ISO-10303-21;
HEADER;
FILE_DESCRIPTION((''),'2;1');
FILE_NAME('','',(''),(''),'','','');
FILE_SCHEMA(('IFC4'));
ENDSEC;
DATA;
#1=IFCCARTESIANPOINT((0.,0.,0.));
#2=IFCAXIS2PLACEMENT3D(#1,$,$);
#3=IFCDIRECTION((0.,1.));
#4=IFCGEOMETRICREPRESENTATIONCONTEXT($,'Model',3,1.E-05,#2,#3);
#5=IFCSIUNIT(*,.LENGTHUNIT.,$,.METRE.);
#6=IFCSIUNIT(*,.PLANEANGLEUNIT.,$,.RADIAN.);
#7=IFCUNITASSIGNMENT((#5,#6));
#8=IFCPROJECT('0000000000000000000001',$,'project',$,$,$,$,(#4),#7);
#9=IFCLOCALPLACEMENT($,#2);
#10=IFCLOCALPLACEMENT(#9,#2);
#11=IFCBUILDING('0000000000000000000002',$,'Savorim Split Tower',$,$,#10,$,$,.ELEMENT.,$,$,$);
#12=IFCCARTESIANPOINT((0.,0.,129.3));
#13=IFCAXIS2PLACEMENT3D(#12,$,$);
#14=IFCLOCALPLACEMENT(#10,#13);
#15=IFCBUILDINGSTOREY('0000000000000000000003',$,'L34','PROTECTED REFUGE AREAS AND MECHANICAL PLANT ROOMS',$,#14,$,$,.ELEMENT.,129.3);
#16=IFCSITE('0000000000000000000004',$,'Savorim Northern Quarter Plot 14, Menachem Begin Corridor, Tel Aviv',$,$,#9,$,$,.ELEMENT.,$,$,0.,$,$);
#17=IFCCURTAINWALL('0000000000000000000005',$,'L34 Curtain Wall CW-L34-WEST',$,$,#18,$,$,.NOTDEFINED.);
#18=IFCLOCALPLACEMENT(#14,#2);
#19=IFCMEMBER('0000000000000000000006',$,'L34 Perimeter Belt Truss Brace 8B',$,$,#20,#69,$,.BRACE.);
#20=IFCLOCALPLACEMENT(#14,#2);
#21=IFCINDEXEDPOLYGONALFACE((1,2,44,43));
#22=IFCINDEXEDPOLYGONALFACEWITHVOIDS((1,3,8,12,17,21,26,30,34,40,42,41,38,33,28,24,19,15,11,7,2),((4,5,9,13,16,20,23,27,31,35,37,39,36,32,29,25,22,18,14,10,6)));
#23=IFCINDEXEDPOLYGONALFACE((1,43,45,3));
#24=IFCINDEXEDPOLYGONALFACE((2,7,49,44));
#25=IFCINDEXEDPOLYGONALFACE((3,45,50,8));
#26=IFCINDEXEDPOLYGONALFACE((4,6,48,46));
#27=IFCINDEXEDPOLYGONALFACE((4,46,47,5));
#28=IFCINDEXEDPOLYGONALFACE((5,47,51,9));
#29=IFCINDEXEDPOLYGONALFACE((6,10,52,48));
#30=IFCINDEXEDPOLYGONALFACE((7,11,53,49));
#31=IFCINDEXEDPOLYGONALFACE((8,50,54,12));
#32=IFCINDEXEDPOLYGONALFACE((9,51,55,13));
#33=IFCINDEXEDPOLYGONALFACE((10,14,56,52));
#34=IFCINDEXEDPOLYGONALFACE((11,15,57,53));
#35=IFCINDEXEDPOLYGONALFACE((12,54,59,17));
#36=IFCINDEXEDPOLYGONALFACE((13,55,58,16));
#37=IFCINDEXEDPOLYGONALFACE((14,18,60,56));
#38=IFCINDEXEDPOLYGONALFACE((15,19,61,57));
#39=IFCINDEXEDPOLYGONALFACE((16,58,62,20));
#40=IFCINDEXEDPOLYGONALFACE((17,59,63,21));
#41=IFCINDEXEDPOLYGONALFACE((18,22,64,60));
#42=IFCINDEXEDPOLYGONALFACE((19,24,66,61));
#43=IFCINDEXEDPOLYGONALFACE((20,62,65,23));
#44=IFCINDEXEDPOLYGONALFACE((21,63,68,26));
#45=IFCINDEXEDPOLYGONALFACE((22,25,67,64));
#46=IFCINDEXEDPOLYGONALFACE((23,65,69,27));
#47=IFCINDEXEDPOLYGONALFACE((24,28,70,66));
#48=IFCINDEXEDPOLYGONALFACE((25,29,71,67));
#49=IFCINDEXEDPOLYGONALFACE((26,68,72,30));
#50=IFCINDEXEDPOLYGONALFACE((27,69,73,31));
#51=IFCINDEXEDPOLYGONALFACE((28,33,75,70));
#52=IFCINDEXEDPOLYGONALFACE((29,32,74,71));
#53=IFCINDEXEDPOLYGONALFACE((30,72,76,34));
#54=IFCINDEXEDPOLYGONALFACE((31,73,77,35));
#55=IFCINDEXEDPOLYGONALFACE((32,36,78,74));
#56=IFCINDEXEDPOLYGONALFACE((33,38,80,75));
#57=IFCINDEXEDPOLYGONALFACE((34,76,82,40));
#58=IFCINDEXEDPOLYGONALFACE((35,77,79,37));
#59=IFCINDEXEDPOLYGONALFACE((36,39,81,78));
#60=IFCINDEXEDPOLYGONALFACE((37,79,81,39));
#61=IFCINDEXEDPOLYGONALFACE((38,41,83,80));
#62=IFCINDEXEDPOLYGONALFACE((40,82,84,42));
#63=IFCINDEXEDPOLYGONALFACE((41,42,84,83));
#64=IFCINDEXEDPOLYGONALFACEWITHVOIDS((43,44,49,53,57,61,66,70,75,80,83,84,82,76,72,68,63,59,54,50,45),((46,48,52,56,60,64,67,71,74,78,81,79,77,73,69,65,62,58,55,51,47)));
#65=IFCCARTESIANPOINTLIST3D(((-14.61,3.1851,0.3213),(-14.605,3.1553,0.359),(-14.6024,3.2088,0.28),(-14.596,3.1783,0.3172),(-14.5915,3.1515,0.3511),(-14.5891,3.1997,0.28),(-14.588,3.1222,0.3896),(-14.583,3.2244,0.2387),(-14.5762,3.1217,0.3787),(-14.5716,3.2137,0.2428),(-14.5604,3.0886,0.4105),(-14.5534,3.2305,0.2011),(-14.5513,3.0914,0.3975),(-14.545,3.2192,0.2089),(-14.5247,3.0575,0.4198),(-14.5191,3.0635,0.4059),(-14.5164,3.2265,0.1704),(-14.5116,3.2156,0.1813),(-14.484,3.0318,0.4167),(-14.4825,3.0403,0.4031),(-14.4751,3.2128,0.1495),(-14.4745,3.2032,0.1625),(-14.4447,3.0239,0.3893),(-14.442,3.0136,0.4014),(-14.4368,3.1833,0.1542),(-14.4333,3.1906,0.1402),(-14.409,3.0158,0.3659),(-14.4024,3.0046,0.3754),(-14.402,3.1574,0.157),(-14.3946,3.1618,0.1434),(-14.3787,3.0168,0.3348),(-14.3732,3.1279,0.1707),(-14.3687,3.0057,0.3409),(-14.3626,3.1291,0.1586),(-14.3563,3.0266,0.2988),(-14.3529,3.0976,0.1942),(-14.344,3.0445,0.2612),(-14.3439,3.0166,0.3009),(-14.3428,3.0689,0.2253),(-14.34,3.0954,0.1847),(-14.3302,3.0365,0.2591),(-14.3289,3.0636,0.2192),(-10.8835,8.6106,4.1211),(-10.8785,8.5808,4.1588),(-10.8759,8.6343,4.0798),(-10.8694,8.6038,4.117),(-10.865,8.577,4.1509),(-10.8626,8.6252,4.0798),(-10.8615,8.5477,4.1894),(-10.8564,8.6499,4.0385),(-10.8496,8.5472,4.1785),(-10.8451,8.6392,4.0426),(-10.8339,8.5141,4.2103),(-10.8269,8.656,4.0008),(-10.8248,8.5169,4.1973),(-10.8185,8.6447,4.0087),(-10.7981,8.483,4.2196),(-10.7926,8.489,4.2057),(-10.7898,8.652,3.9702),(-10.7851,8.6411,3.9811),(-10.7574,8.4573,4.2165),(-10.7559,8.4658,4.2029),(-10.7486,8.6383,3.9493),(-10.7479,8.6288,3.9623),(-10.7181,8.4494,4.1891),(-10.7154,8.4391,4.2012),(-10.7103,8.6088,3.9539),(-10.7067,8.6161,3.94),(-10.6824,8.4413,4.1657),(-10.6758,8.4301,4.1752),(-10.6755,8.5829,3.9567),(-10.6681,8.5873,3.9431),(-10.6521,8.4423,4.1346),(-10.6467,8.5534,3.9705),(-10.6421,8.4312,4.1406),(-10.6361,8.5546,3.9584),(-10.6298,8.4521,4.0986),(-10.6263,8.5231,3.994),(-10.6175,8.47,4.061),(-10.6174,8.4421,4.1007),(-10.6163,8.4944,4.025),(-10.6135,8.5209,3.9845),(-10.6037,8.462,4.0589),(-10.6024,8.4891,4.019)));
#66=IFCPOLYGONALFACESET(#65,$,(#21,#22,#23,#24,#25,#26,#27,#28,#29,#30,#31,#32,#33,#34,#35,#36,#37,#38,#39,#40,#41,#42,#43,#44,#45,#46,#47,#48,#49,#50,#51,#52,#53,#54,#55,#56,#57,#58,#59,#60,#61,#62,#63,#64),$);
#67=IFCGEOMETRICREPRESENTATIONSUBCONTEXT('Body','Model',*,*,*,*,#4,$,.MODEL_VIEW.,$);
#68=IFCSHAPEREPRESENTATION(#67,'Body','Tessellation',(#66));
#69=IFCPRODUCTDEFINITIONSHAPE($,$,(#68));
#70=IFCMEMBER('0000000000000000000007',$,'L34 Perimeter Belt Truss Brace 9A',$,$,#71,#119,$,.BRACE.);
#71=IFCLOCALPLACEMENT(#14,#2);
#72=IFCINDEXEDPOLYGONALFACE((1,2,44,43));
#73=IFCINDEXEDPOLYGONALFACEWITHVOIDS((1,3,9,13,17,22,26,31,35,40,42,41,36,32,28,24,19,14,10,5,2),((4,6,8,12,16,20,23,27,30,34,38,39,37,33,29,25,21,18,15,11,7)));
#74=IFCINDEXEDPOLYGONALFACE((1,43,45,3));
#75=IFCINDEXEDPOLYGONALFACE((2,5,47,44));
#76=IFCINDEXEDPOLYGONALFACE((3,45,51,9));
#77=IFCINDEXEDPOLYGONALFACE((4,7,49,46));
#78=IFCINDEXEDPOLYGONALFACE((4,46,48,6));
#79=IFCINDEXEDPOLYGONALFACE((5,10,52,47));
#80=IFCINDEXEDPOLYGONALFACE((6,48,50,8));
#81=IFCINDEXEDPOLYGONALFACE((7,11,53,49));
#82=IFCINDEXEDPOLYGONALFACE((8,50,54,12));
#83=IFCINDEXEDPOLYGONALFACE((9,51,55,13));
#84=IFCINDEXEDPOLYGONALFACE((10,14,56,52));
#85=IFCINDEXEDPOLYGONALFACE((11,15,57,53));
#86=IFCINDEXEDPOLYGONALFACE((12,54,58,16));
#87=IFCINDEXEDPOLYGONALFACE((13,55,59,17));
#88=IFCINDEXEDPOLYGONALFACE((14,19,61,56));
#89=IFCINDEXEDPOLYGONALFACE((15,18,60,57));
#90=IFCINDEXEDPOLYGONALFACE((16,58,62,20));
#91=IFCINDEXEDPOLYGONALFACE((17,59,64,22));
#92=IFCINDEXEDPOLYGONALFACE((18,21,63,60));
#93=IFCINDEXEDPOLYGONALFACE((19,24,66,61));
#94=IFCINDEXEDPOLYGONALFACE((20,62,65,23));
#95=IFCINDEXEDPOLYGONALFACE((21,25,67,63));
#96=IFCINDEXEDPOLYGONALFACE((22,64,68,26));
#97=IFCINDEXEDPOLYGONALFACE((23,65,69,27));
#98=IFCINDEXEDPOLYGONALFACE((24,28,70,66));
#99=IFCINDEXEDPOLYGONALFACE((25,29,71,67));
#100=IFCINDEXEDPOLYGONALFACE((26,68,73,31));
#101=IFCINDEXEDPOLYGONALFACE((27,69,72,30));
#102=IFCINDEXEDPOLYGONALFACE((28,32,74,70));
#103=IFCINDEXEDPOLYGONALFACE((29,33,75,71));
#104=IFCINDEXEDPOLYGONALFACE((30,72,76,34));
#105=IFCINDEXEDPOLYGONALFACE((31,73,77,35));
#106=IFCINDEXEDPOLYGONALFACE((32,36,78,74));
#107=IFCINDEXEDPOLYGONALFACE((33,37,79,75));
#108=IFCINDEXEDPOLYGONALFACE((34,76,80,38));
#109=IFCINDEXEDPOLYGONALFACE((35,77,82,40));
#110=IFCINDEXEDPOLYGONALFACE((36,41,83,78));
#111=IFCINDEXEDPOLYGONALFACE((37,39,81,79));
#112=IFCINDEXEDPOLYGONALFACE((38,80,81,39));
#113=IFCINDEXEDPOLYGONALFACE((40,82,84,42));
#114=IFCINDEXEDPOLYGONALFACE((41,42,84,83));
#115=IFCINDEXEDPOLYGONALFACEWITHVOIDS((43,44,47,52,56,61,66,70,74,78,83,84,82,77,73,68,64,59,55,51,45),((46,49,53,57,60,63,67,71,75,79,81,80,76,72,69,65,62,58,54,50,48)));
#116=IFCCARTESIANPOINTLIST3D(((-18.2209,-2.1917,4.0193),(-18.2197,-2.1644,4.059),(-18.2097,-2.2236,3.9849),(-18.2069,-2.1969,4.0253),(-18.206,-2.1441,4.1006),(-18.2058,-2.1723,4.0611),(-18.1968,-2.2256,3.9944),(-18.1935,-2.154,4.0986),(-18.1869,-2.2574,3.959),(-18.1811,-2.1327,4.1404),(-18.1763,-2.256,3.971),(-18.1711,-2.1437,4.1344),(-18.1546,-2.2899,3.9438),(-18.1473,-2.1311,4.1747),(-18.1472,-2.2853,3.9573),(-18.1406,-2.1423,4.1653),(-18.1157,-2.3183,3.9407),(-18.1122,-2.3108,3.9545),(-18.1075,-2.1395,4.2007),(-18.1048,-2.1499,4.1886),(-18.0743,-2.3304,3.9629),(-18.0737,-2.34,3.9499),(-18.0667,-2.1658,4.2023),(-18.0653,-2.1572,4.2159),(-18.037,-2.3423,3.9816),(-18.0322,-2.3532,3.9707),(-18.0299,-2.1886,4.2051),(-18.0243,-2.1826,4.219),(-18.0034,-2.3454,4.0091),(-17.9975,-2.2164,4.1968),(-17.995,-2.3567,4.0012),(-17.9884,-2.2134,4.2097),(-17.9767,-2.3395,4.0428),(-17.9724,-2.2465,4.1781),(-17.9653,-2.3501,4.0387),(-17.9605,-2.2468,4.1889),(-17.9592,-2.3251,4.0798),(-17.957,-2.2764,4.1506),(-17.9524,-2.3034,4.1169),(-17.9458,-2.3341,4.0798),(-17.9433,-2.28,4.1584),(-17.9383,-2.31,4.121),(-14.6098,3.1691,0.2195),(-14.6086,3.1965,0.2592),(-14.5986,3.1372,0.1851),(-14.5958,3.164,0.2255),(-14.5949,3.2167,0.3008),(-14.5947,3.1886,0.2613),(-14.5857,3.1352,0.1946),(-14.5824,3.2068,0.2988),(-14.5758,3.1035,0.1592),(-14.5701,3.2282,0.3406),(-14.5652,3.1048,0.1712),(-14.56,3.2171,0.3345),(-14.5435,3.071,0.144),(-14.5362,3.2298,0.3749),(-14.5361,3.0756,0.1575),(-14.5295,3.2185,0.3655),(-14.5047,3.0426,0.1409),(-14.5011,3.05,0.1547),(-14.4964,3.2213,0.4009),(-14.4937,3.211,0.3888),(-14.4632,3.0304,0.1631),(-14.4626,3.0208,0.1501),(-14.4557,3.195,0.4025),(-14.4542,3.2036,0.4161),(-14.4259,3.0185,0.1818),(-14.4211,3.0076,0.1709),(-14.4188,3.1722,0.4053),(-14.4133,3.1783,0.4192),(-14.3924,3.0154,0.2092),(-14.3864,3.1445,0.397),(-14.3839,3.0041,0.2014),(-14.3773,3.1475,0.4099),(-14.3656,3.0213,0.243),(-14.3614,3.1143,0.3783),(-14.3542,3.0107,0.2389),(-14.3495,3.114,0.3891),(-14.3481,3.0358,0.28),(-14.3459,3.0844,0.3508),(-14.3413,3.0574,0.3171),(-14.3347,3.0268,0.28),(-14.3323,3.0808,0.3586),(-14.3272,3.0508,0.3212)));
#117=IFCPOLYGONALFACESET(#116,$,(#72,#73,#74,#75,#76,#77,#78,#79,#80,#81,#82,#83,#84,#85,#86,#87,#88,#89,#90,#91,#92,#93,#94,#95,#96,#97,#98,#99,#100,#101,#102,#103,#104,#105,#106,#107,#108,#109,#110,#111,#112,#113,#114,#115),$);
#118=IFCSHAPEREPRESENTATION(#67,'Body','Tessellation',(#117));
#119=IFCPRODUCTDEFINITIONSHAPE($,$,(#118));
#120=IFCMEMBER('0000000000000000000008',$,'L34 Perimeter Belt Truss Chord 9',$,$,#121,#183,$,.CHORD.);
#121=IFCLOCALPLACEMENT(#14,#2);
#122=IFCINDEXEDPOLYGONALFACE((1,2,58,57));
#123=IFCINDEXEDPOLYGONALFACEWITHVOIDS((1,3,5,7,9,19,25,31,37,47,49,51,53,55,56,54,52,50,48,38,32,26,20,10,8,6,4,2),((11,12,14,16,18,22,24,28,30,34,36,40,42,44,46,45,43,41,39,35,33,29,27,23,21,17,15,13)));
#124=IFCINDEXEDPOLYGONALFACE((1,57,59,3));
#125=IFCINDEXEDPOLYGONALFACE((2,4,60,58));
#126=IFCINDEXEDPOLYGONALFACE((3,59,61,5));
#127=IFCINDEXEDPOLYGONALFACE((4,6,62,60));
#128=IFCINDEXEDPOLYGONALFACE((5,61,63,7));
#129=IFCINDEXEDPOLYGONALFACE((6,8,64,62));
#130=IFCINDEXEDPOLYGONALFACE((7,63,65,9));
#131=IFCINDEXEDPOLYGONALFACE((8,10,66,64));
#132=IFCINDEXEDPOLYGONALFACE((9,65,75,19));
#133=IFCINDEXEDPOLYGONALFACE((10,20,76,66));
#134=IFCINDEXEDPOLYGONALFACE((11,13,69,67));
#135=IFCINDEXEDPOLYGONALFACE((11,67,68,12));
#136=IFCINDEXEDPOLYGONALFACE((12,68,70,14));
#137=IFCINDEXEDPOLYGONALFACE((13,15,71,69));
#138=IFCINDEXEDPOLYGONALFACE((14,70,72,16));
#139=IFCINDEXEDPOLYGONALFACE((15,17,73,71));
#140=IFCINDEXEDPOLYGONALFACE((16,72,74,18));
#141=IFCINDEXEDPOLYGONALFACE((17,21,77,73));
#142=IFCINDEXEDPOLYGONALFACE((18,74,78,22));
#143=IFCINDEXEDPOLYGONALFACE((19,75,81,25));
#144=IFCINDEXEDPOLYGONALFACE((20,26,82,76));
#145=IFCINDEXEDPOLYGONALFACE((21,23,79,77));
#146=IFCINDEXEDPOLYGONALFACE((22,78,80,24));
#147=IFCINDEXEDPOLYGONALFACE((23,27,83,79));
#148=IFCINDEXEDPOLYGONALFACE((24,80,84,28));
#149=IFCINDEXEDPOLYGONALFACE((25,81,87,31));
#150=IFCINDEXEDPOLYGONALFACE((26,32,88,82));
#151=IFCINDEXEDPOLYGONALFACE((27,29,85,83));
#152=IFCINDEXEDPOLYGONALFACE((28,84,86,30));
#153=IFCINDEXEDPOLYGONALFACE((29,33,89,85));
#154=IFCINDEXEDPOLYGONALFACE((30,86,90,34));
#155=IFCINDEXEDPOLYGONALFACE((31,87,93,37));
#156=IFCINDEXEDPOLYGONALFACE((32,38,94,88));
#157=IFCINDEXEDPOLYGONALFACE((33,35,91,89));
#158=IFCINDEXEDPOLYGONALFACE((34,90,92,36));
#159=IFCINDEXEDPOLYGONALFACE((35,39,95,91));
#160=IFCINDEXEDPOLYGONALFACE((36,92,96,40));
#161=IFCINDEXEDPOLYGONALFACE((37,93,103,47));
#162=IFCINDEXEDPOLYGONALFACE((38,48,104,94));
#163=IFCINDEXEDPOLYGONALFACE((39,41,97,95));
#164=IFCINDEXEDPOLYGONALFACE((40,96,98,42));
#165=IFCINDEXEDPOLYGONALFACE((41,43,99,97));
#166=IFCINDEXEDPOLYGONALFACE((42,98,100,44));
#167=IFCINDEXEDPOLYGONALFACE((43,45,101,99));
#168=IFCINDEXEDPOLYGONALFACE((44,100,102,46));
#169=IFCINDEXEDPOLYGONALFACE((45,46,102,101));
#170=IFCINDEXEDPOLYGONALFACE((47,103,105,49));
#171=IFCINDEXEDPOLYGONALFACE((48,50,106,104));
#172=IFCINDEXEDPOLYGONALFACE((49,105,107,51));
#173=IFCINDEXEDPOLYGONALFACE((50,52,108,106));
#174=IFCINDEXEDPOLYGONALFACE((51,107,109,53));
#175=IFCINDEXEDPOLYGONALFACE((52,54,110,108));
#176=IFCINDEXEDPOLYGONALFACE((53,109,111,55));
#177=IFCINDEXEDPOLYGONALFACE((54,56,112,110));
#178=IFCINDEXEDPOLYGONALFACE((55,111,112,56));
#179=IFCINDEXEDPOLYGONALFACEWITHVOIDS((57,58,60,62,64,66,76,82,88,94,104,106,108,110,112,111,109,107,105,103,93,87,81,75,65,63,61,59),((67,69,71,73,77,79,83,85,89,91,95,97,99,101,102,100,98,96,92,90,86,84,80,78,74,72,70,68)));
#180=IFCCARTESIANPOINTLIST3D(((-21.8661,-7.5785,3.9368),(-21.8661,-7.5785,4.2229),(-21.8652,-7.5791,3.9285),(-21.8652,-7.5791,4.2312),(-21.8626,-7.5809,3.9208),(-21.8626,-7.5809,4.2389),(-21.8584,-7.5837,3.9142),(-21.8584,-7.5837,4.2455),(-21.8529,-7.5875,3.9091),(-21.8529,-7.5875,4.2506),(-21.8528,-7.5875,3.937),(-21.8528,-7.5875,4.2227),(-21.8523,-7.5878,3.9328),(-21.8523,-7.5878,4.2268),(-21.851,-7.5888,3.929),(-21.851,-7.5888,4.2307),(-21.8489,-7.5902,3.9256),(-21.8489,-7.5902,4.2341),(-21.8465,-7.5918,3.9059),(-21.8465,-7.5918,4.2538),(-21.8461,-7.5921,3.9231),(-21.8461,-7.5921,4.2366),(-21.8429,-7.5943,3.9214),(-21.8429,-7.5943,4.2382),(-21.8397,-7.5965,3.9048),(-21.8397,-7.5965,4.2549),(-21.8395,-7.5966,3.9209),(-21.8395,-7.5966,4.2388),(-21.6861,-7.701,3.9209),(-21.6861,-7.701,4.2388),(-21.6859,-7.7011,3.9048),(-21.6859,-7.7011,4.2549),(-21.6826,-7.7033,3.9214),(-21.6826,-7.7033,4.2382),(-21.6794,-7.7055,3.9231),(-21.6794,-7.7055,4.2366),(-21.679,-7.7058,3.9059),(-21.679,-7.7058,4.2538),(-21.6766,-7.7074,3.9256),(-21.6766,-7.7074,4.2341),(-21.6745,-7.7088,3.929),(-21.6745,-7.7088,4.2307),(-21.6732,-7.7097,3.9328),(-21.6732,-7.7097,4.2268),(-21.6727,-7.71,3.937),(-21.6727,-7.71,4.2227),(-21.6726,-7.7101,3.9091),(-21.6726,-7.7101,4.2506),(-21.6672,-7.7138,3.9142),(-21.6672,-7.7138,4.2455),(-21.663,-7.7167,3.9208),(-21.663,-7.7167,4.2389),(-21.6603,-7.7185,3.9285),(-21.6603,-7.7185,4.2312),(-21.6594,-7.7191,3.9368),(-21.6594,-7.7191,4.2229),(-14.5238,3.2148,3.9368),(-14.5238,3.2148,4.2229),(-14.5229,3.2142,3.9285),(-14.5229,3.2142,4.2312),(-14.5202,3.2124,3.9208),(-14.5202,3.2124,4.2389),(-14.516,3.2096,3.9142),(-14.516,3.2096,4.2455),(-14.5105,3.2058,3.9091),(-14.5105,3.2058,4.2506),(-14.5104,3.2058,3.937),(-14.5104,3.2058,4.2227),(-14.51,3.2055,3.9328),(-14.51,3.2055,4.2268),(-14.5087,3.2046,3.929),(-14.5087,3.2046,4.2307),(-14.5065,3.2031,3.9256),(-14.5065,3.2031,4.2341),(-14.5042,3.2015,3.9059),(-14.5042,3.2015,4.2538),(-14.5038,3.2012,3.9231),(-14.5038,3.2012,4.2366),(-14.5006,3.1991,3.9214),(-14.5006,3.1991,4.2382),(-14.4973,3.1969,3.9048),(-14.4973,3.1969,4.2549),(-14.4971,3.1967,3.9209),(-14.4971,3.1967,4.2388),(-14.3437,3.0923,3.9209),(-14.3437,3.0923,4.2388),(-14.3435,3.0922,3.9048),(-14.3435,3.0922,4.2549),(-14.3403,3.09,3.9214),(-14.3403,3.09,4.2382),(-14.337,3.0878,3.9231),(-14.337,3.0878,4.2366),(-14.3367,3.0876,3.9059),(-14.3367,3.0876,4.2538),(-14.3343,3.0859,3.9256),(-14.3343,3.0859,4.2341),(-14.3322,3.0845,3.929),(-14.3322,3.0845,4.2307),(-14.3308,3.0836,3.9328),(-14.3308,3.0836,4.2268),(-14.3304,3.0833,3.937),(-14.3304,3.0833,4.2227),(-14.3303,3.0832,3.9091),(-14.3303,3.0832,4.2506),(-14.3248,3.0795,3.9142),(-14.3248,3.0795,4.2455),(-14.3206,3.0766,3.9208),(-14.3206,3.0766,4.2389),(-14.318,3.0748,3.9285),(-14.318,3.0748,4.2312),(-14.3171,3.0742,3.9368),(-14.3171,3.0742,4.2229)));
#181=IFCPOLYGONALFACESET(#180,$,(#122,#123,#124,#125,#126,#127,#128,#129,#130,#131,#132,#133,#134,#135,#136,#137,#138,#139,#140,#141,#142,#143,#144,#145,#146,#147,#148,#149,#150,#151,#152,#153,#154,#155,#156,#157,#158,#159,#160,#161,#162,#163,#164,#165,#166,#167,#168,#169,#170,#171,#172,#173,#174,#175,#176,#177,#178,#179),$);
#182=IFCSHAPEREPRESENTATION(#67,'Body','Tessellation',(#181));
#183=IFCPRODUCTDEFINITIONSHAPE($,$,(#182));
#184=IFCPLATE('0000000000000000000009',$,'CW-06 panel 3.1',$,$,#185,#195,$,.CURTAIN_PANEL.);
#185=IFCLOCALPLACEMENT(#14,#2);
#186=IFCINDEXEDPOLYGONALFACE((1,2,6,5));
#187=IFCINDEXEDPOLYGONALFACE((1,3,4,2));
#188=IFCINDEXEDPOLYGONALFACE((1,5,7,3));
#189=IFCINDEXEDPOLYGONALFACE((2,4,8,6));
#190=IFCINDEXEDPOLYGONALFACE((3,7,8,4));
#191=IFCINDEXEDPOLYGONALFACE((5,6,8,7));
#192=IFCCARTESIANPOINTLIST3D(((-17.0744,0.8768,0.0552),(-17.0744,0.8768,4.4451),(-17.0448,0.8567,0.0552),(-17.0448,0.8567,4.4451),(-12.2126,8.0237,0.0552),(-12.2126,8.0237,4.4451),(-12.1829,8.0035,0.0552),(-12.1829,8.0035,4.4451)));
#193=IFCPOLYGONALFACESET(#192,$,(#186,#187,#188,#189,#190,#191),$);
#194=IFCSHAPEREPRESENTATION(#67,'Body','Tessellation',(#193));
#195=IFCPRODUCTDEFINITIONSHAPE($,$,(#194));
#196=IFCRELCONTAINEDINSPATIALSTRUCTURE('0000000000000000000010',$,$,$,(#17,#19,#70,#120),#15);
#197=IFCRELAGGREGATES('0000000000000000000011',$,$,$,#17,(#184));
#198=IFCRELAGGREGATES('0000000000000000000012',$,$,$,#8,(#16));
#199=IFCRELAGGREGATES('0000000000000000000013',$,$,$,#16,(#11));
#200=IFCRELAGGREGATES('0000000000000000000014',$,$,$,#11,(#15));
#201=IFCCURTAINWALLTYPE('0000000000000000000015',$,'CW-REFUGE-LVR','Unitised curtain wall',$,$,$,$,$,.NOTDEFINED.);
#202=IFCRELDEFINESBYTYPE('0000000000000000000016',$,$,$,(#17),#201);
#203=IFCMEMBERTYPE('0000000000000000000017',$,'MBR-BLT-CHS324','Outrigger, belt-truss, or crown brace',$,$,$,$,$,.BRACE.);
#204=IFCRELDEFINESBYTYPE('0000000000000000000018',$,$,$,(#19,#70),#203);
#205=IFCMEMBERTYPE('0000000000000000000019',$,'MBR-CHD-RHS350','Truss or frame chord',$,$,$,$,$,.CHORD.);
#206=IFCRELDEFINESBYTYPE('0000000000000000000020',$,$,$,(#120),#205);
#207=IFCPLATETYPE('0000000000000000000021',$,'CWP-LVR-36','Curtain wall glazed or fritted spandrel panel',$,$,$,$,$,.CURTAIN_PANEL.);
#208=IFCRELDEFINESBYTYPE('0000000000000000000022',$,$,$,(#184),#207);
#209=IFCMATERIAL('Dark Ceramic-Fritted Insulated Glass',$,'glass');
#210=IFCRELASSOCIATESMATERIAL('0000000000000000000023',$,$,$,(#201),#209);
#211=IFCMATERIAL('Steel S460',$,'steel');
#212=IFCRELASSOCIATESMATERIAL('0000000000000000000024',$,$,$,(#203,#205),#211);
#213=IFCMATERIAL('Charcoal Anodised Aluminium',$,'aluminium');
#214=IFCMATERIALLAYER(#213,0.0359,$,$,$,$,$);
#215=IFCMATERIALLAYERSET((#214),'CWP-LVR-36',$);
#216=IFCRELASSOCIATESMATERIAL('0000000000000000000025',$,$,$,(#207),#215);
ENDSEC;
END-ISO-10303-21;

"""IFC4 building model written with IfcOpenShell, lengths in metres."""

from ifc_helpers import new_model, si_unit, direction, frame, origin, origin_2d, place, context, subcontext, project, spatial, rectangle, hollow_rectangle, hollow_circle, extrude, material, layer, layer_set, material_profile, profile_set, type_object, element, aggregate, save


model = new_model("IFC4")

# Units and contexts
model_context = context("Model", 3, precision=1e-05, world=origin(), true_north=direction((0.0, 1.0)))
body_context = subcontext(model_context, "Body", "Model", "MODEL_VIEW")
ifc_project = project(units=[si_unit("LENGTHUNIT", "METRE"), si_unit("PLANEANGLEUNIT", "RADIAN")], contexts=[model_context])

# Site, building, storey
site_placement = place(None, origin())
site = spatial("IfcSite", under=ifc_project, at=site_placement, Name="Savorim Northern Quarter Plot 14, Menachem Begin Corridor, Tel Aviv", CompositionType="ELEMENT", RefElevation=0.0)
building_placement = place(site_placement, origin())
building = spatial("IfcBuilding", under=site, at=building_placement, Name="Savorim Split Tower", CompositionType="ELEMENT")
storey_placement = place(building_placement, frame((0.0, 0.0, 129.3)))
storey = spatial("IfcBuildingStorey", under=building, at=storey_placement, Name="L34", Description="PROTECTED REFUGE AREAS AND MECHANICAL PLANT ROOMS", CompositionType="ELEMENT", Elevation=129.3)

# Shared definitions
ifc_material_1 = material(Name="Steel S460", Category="steel")

# Curtain wall
ifc_material_2 = material(Name="Dark Ceramic-Fritted Insulated Glass", Category="glass")
curtain_wall_type = type_object("IfcCurtainWallType", Name="CW-REFUGE-LVR", Description="Unitised curtain wall", PredefinedType="NOTDEFINED", material=ifc_material_2)
curtain_wall_placement = place(storey_placement, origin())
curtain_wall = element("IfcCurtainWall", 1, at=curtain_wall_placement, inside=storey, type_object=curtain_wall_type, Name="L34 Curtain Wall CW-L34-WEST", PredefinedType="NOTDEFINED")
ifc_material_3 = material(Name="Charcoal Anodised Aluminium", Category="aluminium")

# Members
ifc_material_profile_1 = material_profile(ifc_material_1, hollow_circle(Radius=0.1619, WallThickness=0.0161, at=origin_2d()), Name="CHS 323.9x16")
ifc_profile_set_1 = profile_set([ifc_material_profile_1], Name="Steel S460")
member_type_1 = type_object("IfcMemberType", Name="MBR-BLT-CHS324", Description="Outrigger, belt-truss, or crown brace", PredefinedType="BRACE", material=ifc_profile_set_1)
member_1_placement = place(storey_placement, frame((-14.469, 3.1172, 0.28), z_axis=(0.490328, 0.713873, 0.499965), x_axis=(-0.82429, 0.566168, 0.0)))
element("IfcMember", 2, at=member_1_placement, inside=storey, type_object=member_type_1, Name="L34 Perimeter Belt Truss Brace 8B", PredefinedType="BRACE", context=body_context, shape_type="SweptSolid", body=[
    extrude(hollow_circle(Radius=0.1619, WallThickness=0.0161, at=origin_2d()), origin(), (0.0, 0.0, 1.0), 7.6001),
])
member_2_placement = place(storey_placement, frame((-14.469, 3.1172, 0.28), z_axis=(-0.481619, -0.714988, 0.506789), x_axis=(0.829385, -0.558677, 0.0)))
element("IfcMember", 3, at=member_2_placement, inside=storey, type_object=member_type_1, Name="L34 Perimeter Belt Truss Brace 9A", PredefinedType="BRACE", context=body_context, shape_type="SweptSolid", body=[
    extrude(hollow_circle(Radius=0.1619, WallThickness=0.0161, at=origin_2d()), origin(), (0.0, 0.0, 1.0), 7.4978),
])
ifc_material_profile_2 = material_profile(ifc_material_1, hollow_rectangle(XDim=0.25, YDim=0.3501, WallThickness=0.0161, InnerFilletRadius=0.0161, OuterFilletRadius=0.032, at=origin_2d()), Name="RHS 350x250x16")
ifc_profile_set_2 = profile_set([ifc_material_profile_2], Name="Steel S460")
member_type_2 = type_object("IfcMemberType", Name="MBR-CHD-RHS350", Description="Truss or frame chord", PredefinedType="CHORD", material=ifc_profile_set_2)
member_3_placement = place(storey_placement, frame((-14.4204, 3.1445, 4.0798), z_axis=(-0.562462, -0.826823, 0.0), x_axis=(0.826823, -0.562462, 0.0)))
element("IfcMember", 4, at=member_3_placement, inside=storey, type_object=member_type_2, Name="L34 Perimeter Belt Truss Chord 9", PredefinedType="CHORD", context=body_context, shape_type="SweptSolid", body=[
    extrude(hollow_rectangle(XDim=0.25, YDim=0.3501, WallThickness=0.0161, InnerFilletRadius=0.0161, OuterFilletRadius=0.032, at=origin_2d()), origin(), (0.0, 0.0, 1.0), 13.054),
])

# Plate
ifc_layer_1 = layer(ifc_material_3, 0.0359)
ifc_layer_set_1 = layer_set([ifc_layer_1], Name="CWP-LVR-36")
plate_type_1 = type_object("IfcPlateType", Name="CWP-LVR-36", Description="Curtain wall glazed or fritted spandrel panel", PredefinedType="CURTAIN_PANEL", material=ifc_layer_set_1)
plate_placement = place(storey_placement, frame((-14.6287, 4.4402, 0.0552), z_axis=(0.0, 0.0, 1.0), x_axis=(-0.562467, -0.82682, 0.0)))
plate = element("IfcPlate", 5, at=plate_placement, type_object=plate_type_1, Name="CW-06 panel 3.1", PredefinedType="CURTAIN_PANEL", context=body_context, shape_type="SweptSolid", body=[
    extrude(rectangle(XDim=8.6438, YDim=0.0359, at=origin_2d()), origin(), (0.0, 0.0, 1.0), 4.3899),
])
aggregate(curtain_wall, [plate])

save(model, "model.ifc")
